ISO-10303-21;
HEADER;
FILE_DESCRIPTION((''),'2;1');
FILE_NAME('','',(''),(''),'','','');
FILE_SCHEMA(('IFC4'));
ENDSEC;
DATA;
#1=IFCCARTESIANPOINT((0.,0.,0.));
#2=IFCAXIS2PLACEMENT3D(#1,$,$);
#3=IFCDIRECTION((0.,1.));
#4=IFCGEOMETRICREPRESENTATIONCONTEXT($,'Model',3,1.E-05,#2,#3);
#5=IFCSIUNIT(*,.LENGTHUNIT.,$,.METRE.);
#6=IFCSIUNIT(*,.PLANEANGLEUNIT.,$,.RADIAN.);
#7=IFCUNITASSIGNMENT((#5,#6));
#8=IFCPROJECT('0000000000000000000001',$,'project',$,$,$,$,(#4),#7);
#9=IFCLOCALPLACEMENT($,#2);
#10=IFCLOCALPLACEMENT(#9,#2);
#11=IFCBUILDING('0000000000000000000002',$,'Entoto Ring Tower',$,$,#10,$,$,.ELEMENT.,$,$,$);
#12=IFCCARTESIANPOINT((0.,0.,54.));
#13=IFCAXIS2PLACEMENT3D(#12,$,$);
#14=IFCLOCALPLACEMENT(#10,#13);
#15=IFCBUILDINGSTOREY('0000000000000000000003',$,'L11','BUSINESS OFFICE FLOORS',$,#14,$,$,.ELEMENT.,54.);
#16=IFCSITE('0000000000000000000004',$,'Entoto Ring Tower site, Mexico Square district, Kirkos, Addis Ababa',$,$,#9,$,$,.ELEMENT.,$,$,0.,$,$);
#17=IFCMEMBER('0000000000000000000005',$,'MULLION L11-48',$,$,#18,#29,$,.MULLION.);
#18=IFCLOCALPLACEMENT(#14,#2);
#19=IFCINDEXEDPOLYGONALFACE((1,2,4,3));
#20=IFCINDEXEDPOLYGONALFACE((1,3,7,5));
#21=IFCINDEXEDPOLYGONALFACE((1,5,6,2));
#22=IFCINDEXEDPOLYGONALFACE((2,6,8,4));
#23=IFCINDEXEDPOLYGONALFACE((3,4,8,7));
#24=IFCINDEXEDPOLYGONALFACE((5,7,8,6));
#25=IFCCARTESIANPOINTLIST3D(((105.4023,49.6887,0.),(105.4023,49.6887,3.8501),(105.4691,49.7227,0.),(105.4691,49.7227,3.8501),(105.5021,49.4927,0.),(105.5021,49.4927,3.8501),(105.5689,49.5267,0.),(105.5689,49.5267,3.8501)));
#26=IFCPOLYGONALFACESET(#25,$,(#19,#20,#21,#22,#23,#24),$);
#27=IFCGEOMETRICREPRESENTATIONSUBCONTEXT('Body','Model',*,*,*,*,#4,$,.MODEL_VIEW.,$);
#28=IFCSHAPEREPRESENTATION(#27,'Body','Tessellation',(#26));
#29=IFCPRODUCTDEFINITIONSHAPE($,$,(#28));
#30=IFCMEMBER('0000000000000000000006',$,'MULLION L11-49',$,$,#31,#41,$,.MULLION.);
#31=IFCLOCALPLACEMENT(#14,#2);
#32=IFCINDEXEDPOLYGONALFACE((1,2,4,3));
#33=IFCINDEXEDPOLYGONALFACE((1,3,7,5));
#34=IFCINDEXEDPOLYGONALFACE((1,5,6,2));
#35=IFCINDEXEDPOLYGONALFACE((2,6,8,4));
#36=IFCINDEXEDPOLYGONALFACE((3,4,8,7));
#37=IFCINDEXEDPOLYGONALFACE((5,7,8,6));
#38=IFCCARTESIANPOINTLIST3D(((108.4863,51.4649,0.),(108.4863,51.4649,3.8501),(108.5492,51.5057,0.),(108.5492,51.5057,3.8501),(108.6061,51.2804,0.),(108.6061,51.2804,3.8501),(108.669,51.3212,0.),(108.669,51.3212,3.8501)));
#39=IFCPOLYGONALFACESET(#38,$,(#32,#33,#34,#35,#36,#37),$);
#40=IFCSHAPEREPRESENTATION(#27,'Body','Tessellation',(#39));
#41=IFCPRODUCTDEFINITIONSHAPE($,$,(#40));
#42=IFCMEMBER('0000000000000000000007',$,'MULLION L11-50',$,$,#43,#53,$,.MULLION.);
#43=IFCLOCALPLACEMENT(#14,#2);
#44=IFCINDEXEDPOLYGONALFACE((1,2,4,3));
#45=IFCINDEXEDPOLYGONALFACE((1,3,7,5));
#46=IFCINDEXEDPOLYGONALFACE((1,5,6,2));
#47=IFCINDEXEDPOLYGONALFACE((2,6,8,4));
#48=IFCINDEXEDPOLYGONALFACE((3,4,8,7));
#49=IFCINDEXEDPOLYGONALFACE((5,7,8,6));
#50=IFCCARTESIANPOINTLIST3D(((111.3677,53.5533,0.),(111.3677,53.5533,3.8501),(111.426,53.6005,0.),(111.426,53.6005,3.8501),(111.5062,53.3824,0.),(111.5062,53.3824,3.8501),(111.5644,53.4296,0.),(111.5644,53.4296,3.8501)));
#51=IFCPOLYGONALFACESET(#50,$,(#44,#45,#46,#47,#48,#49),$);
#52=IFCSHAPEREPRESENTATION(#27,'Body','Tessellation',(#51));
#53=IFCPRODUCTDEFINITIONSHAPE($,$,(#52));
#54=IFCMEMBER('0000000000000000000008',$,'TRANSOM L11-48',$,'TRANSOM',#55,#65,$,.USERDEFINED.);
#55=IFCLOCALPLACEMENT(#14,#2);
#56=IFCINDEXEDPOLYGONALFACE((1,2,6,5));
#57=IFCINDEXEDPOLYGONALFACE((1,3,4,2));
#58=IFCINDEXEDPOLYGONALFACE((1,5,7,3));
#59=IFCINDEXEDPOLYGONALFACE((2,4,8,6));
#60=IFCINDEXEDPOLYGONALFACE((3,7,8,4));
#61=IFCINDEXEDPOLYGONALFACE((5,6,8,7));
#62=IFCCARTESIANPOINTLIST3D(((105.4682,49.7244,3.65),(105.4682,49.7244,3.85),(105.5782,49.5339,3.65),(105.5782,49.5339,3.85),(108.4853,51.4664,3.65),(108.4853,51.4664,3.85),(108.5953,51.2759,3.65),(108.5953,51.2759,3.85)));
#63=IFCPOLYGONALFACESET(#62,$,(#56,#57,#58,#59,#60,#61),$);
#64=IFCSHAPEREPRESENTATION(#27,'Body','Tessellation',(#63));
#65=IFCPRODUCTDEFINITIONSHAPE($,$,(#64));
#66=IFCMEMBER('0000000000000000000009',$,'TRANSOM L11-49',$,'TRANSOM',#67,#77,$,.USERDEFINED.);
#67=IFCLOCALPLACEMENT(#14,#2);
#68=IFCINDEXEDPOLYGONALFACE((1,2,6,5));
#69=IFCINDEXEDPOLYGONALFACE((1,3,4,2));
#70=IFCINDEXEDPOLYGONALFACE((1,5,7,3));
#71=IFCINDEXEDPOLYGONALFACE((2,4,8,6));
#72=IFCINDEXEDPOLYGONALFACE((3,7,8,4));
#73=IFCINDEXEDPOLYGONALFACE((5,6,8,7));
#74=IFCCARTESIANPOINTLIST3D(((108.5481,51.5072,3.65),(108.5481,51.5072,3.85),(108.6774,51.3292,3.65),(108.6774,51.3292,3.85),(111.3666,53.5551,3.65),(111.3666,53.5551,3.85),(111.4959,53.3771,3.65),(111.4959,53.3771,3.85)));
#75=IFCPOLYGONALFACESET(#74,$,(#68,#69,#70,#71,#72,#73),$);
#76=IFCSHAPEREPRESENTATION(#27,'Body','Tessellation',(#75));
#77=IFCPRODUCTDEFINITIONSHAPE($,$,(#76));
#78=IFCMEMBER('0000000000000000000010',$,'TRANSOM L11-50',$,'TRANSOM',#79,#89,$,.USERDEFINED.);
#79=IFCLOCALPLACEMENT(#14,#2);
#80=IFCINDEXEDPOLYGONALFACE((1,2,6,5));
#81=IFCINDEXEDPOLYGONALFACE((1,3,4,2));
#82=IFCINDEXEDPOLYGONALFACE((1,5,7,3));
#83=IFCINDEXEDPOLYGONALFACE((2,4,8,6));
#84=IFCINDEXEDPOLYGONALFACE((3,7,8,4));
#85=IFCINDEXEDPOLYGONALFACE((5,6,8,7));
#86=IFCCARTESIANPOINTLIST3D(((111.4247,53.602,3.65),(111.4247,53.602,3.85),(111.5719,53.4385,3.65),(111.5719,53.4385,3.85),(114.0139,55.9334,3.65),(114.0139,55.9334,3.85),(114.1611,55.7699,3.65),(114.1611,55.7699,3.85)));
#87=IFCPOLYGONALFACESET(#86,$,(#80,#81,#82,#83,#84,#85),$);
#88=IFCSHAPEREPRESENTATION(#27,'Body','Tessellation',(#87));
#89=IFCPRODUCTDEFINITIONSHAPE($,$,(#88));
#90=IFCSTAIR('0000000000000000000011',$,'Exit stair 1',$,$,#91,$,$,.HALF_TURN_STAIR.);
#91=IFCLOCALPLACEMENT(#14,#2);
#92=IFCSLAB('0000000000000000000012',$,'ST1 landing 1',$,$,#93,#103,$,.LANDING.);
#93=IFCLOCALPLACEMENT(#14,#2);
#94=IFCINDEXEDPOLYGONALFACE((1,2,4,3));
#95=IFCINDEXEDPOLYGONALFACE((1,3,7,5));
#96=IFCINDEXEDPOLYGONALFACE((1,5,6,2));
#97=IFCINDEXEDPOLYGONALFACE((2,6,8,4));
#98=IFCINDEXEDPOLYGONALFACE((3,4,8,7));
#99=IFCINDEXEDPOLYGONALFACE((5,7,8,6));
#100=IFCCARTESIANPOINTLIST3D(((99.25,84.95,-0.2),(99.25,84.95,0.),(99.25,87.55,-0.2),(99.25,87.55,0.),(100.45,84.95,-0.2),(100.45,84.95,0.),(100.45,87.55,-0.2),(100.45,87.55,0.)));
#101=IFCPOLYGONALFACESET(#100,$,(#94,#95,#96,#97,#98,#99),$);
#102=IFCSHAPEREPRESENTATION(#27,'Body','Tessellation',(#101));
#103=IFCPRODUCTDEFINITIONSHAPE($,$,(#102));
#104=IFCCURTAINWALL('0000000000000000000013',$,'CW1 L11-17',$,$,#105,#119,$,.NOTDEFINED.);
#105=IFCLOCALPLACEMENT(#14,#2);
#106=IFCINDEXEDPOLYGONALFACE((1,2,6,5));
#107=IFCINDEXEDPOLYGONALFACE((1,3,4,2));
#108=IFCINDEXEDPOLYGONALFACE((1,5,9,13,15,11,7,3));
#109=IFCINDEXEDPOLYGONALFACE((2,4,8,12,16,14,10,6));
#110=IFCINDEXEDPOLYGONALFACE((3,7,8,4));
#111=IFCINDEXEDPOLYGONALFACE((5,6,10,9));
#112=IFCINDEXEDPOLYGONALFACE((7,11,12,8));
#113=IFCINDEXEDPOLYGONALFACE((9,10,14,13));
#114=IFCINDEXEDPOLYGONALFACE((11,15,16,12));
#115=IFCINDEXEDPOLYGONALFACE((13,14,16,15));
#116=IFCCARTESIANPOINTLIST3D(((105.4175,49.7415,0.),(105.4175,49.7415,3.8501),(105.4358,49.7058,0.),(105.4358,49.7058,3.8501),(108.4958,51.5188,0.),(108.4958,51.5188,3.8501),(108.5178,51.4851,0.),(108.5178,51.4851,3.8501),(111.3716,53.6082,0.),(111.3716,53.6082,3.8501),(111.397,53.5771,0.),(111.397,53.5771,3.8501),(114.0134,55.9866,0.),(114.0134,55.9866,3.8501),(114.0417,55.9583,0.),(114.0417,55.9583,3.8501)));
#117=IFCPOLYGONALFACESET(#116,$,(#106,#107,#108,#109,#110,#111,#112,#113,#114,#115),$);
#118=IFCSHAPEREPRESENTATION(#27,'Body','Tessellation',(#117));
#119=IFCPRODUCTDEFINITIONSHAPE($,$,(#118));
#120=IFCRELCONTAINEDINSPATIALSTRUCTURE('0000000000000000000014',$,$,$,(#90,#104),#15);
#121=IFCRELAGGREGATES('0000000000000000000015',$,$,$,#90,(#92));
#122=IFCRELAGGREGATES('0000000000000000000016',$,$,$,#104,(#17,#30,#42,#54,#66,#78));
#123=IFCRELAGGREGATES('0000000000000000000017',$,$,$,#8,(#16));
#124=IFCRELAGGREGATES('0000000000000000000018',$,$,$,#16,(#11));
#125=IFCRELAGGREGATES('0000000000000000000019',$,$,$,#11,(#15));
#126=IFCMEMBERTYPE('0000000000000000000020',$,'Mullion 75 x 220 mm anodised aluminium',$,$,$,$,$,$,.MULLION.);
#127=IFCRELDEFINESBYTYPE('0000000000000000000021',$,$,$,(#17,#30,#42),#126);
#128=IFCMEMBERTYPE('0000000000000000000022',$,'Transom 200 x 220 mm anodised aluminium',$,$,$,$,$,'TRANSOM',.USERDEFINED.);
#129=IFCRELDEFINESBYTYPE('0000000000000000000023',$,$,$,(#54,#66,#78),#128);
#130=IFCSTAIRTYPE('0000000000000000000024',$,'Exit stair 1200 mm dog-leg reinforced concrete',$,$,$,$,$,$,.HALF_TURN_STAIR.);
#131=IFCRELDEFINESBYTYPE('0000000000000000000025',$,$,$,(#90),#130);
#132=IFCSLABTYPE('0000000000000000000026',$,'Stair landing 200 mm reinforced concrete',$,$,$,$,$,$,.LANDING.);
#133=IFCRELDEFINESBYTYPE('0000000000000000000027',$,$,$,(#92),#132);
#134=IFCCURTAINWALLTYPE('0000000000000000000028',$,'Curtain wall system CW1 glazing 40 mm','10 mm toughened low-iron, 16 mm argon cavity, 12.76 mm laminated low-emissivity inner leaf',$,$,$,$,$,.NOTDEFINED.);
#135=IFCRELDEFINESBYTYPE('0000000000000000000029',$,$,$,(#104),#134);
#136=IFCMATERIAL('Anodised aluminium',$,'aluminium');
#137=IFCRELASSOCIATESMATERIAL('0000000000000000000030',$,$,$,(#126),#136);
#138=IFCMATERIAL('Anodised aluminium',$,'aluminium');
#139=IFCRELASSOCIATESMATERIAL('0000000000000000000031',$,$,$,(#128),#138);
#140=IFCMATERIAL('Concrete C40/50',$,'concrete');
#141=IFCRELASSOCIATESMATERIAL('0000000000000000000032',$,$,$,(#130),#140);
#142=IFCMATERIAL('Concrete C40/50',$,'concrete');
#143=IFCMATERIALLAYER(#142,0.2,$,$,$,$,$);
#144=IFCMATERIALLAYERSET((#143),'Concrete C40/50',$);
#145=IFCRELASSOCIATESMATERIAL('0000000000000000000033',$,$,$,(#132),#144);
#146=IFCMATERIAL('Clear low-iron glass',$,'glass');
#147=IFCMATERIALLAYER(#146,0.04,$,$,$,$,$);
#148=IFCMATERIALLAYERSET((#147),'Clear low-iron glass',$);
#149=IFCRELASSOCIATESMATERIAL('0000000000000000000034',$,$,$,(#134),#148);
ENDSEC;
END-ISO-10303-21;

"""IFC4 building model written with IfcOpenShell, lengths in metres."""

from ifc_helpers import new_model, si_unit, direction, frame, origin, origin_2d, place, context, subcontext, project, spatial, polyline, rectangle, outline, extrude, material, layer, layer_set, material_profile, profile_set, type_object, element, aggregate, save


model = new_model("IFC4")

# Units and contexts
model_context = context("Model", 3, precision=1e-05, world=origin(), true_north=direction((0.0, 1.0)))
body_context = subcontext(model_context, "Body", "Model", "MODEL_VIEW")
ifc_project = project(units=[si_unit("LENGTHUNIT", "METRE"), si_unit("PLANEANGLEUNIT", "RADIAN")], contexts=[model_context])

# Members
ifc_material_1 = material(Name="Anodised aluminium", Category="aluminium")
ifc_material_profile_1 = material_profile(ifc_material_1, rectangle(XDim=0.075, YDim=0.22, at=origin_2d()), Name="Mullion 75 x 220 mm anodised aluminium")
ifc_profile_set_1 = profile_set([ifc_material_profile_1], Name="Anodised aluminium")
member_type_1 = type_object("IfcMemberType", Name="Mullion 75 x 220 mm anodised aluminium", PredefinedType="MULLION", material=ifc_profile_set_1)
site_placement = place(None, origin())
building_placement = place(site_placement, origin())
storey_placement = place(building_placement, frame((0.0, 0.0, 54.0)))
member_1_placement = place(storey_placement, frame((105.4856, 49.6077, 0.0), z_axis=(0.0, 0.0, 1.0), x_axis=(0.891007, 0.45399, 0.0)))
member_1 = element("IfcMember", 1, at=member_1_placement, type_object=member_type_1, Name="MULLION L11-48", PredefinedType="MULLION", context=body_context, shape_type="SweptSolid", body=[
    extrude(rectangle(XDim=0.075, YDim=0.22, at=origin_2d()), origin(), (0.0, 0.0, 1.0), 3.8501),
])
member_2_placement = place(storey_placement, frame((108.5776, 51.3931, 0.0), z_axis=(0.0, 0.0, 1.0), x_axis=(0.838671, 0.544639, 0.0)))
member_2 = element("IfcMember", 2, at=member_2_placement, type_object=member_type_1, Name="MULLION L11-49", PredefinedType="MULLION", context=body_context, shape_type="SweptSolid", body=[
    extrude(rectangle(XDim=0.075, YDim=0.22, at=origin_2d()), origin(), (0.0, 0.0, 1.0), 3.8501),
])
member_3_placement = place(storey_placement, frame((111.4661, 53.4915, 0.0), z_axis=(0.0, 0.0, 1.0), x_axis=(0.777146, 0.62932, 0.0)))
member_3 = element("IfcMember", 3, at=member_3_placement, type_object=member_type_1, Name="MULLION L11-50", PredefinedType="MULLION", context=body_context, shape_type="SweptSolid", body=[
    extrude(rectangle(XDim=0.075, YDim=0.22, at=origin_2d()), origin(), (0.0, 0.0, 1.0), 3.8501),
])
ifc_material_2 = material(Name="Anodised aluminium", Category="aluminium")
ifc_material_profile_2 = material_profile(ifc_material_2, rectangle(XDim=0.22, YDim=0.2, at=origin_2d()), Name="Transom 200 x 220 mm anodised aluminium")
ifc_profile_set_2 = profile_set([ifc_material_profile_2], Name="Anodised aluminium")
member_type_2 = type_object("IfcMemberType", Name="Transom 200 x 220 mm anodised aluminium", ElementType="TRANSOM", PredefinedType="USERDEFINED", material=ifc_profile_set_2)
member_4_placement = place(storey_placement, frame((105.5232, 49.6292, 3.75), z_axis=(0.866022, 0.500006, 0.0), x_axis=(-0.500006, 0.866022, 0.0)))
member_4 = element("IfcMember", 4, at=member_4_placement, type_object=member_type_2, Name="TRANSOM L11-48", ObjectType="TRANSOM", PredefinedType="USERDEFINED", context=body_context, shape_type="SweptSolid", body=[
    extrude(rectangle(XDim=0.22, YDim=0.2, at=origin_2d()), origin(), (0.0, 0.0, 1.0), 3.4839),
])
member_5_placement = place(storey_placement, frame((108.6128, 51.4182, 3.75), z_axis=(0.808991, 0.587822, 0.0), x_axis=(-0.587822, 0.808991, 0.0)))
member_5 = element("IfcMember", 5, at=member_5_placement, type_object=member_type_2, Name="TRANSOM L11-49", ObjectType="TRANSOM", PredefinedType="USERDEFINED", context=body_context, shape_type="SweptSolid", body=[
    extrude(rectangle(XDim=0.22, YDim=0.2, at=origin_2d()), origin(), (0.0, 0.0, 1.0), 3.4839),
])
member_6_placement = place(storey_placement, frame((111.4983, 53.5203, 3.75), z_axis=(0.743137, 0.669139, 0.0), x_axis=(-0.669139, 0.743137, 0.0)))
member_6 = element("IfcMember", 6, at=member_6_placement, type_object=member_type_2, Name="TRANSOM L11-50", ObjectType="TRANSOM", PredefinedType="USERDEFINED", context=body_context, shape_type="SweptSolid", body=[
    extrude(rectangle(XDim=0.22, YDim=0.2, at=origin_2d()), origin(), (0.0, 0.0, 1.0), 3.4841),
])

# Site, building, storey
site = spatial("IfcSite", under=ifc_project, at=site_placement, Name="Entoto Ring Tower site, Mexico Square district, Kirkos, Addis Ababa", CompositionType="ELEMENT", RefElevation=0.0)
building = spatial("IfcBuilding", under=site, at=building_placement, Name="Entoto Ring Tower", CompositionType="ELEMENT")
storey = spatial("IfcBuildingStorey", under=building, at=storey_placement, Name="L11", Description="BUSINESS OFFICE FLOORS", CompositionType="ELEMENT", Elevation=54.0)

# Stair, slab
ifc_material_3 = material(Name="Concrete C40/50", Category="concrete")
stair_type = type_object("IfcStairType", Name="Exit stair 1200 mm dog-leg reinforced concrete", PredefinedType="HALF_TURN_STAIR", material=ifc_material_3)
stair_placement = place(storey_placement, origin())
stair = element("IfcStair", 7, at=stair_placement, inside=storey, type_object=stair_type, Name="Exit stair 1", PredefinedType="HALF_TURN_STAIR")
ifc_material_4 = material(Name="Concrete C40/50", Category="concrete")
ifc_layer_1 = layer(ifc_material_4, 0.2)
ifc_layer_set_1 = layer_set([ifc_layer_1], Name="Concrete C40/50")
slab_type = type_object("IfcSlabType", Name="Stair landing 200 mm reinforced concrete", PredefinedType="LANDING", material=ifc_layer_set_1)
slab_placement = place(storey_placement, frame((0.0, 0.0, -0.2)))
slab = element("IfcSlab", 8, at=slab_placement, type_object=slab_type, Name="ST1 landing 1", PredefinedType="LANDING", context=body_context, shape_type="SweptSolid", body=[
    extrude(outline(polyline([(100.45, 84.95), (100.45, 87.55), (99.25, 87.55), (99.25, 84.95), (100.45, 84.95)])), origin(), (0.0, 0.0, 1.0), 0.2),
])
aggregate(stair, [slab])

# Curtain wall
ifc_material_5 = material(Name="Clear low-iron glass", Category="glass")
ifc_layer_2 = layer(ifc_material_5, 0.04)
ifc_layer_set_2 = layer_set([ifc_layer_2], Name="Clear low-iron glass")
curtain_wall_type = type_object("IfcCurtainWallType", Name="Curtain wall system CW1 glazing 40 mm", Description="10 mm toughened low-iron, 16 mm argon cavity, 12.76 mm laminated low-emissivity inner leaf", PredefinedType="NOTDEFINED", material=ifc_layer_set_2)
curtain_wall_1_placement = place(storey_placement, origin())
curtain_wall_1 = element("IfcCurtainWall", 9, at=curtain_wall_1_placement, inside=storey, type_object=curtain_wall_type, Name="CW1 L11-17", PredefinedType="NOTDEFINED", context=body_context, shape_type="SweptSolid", body=[
    extrude(outline(polyline([(105.4358, 49.7058), (108.5178, 51.4851), (111.397, 53.5771), (114.0417, 55.9583), (114.0134, 55.9866), (111.3716, 53.6082), (108.4958, 51.5188), (105.4175, 49.7415), (105.4358, 49.7058)])), origin(), (0.0, 0.0, 1.0), 3.8501),
])
aggregate(curtain_wall_1, [member_1, member_2, member_3, member_4, member_5, member_6])

save(model, "model.ifc")
